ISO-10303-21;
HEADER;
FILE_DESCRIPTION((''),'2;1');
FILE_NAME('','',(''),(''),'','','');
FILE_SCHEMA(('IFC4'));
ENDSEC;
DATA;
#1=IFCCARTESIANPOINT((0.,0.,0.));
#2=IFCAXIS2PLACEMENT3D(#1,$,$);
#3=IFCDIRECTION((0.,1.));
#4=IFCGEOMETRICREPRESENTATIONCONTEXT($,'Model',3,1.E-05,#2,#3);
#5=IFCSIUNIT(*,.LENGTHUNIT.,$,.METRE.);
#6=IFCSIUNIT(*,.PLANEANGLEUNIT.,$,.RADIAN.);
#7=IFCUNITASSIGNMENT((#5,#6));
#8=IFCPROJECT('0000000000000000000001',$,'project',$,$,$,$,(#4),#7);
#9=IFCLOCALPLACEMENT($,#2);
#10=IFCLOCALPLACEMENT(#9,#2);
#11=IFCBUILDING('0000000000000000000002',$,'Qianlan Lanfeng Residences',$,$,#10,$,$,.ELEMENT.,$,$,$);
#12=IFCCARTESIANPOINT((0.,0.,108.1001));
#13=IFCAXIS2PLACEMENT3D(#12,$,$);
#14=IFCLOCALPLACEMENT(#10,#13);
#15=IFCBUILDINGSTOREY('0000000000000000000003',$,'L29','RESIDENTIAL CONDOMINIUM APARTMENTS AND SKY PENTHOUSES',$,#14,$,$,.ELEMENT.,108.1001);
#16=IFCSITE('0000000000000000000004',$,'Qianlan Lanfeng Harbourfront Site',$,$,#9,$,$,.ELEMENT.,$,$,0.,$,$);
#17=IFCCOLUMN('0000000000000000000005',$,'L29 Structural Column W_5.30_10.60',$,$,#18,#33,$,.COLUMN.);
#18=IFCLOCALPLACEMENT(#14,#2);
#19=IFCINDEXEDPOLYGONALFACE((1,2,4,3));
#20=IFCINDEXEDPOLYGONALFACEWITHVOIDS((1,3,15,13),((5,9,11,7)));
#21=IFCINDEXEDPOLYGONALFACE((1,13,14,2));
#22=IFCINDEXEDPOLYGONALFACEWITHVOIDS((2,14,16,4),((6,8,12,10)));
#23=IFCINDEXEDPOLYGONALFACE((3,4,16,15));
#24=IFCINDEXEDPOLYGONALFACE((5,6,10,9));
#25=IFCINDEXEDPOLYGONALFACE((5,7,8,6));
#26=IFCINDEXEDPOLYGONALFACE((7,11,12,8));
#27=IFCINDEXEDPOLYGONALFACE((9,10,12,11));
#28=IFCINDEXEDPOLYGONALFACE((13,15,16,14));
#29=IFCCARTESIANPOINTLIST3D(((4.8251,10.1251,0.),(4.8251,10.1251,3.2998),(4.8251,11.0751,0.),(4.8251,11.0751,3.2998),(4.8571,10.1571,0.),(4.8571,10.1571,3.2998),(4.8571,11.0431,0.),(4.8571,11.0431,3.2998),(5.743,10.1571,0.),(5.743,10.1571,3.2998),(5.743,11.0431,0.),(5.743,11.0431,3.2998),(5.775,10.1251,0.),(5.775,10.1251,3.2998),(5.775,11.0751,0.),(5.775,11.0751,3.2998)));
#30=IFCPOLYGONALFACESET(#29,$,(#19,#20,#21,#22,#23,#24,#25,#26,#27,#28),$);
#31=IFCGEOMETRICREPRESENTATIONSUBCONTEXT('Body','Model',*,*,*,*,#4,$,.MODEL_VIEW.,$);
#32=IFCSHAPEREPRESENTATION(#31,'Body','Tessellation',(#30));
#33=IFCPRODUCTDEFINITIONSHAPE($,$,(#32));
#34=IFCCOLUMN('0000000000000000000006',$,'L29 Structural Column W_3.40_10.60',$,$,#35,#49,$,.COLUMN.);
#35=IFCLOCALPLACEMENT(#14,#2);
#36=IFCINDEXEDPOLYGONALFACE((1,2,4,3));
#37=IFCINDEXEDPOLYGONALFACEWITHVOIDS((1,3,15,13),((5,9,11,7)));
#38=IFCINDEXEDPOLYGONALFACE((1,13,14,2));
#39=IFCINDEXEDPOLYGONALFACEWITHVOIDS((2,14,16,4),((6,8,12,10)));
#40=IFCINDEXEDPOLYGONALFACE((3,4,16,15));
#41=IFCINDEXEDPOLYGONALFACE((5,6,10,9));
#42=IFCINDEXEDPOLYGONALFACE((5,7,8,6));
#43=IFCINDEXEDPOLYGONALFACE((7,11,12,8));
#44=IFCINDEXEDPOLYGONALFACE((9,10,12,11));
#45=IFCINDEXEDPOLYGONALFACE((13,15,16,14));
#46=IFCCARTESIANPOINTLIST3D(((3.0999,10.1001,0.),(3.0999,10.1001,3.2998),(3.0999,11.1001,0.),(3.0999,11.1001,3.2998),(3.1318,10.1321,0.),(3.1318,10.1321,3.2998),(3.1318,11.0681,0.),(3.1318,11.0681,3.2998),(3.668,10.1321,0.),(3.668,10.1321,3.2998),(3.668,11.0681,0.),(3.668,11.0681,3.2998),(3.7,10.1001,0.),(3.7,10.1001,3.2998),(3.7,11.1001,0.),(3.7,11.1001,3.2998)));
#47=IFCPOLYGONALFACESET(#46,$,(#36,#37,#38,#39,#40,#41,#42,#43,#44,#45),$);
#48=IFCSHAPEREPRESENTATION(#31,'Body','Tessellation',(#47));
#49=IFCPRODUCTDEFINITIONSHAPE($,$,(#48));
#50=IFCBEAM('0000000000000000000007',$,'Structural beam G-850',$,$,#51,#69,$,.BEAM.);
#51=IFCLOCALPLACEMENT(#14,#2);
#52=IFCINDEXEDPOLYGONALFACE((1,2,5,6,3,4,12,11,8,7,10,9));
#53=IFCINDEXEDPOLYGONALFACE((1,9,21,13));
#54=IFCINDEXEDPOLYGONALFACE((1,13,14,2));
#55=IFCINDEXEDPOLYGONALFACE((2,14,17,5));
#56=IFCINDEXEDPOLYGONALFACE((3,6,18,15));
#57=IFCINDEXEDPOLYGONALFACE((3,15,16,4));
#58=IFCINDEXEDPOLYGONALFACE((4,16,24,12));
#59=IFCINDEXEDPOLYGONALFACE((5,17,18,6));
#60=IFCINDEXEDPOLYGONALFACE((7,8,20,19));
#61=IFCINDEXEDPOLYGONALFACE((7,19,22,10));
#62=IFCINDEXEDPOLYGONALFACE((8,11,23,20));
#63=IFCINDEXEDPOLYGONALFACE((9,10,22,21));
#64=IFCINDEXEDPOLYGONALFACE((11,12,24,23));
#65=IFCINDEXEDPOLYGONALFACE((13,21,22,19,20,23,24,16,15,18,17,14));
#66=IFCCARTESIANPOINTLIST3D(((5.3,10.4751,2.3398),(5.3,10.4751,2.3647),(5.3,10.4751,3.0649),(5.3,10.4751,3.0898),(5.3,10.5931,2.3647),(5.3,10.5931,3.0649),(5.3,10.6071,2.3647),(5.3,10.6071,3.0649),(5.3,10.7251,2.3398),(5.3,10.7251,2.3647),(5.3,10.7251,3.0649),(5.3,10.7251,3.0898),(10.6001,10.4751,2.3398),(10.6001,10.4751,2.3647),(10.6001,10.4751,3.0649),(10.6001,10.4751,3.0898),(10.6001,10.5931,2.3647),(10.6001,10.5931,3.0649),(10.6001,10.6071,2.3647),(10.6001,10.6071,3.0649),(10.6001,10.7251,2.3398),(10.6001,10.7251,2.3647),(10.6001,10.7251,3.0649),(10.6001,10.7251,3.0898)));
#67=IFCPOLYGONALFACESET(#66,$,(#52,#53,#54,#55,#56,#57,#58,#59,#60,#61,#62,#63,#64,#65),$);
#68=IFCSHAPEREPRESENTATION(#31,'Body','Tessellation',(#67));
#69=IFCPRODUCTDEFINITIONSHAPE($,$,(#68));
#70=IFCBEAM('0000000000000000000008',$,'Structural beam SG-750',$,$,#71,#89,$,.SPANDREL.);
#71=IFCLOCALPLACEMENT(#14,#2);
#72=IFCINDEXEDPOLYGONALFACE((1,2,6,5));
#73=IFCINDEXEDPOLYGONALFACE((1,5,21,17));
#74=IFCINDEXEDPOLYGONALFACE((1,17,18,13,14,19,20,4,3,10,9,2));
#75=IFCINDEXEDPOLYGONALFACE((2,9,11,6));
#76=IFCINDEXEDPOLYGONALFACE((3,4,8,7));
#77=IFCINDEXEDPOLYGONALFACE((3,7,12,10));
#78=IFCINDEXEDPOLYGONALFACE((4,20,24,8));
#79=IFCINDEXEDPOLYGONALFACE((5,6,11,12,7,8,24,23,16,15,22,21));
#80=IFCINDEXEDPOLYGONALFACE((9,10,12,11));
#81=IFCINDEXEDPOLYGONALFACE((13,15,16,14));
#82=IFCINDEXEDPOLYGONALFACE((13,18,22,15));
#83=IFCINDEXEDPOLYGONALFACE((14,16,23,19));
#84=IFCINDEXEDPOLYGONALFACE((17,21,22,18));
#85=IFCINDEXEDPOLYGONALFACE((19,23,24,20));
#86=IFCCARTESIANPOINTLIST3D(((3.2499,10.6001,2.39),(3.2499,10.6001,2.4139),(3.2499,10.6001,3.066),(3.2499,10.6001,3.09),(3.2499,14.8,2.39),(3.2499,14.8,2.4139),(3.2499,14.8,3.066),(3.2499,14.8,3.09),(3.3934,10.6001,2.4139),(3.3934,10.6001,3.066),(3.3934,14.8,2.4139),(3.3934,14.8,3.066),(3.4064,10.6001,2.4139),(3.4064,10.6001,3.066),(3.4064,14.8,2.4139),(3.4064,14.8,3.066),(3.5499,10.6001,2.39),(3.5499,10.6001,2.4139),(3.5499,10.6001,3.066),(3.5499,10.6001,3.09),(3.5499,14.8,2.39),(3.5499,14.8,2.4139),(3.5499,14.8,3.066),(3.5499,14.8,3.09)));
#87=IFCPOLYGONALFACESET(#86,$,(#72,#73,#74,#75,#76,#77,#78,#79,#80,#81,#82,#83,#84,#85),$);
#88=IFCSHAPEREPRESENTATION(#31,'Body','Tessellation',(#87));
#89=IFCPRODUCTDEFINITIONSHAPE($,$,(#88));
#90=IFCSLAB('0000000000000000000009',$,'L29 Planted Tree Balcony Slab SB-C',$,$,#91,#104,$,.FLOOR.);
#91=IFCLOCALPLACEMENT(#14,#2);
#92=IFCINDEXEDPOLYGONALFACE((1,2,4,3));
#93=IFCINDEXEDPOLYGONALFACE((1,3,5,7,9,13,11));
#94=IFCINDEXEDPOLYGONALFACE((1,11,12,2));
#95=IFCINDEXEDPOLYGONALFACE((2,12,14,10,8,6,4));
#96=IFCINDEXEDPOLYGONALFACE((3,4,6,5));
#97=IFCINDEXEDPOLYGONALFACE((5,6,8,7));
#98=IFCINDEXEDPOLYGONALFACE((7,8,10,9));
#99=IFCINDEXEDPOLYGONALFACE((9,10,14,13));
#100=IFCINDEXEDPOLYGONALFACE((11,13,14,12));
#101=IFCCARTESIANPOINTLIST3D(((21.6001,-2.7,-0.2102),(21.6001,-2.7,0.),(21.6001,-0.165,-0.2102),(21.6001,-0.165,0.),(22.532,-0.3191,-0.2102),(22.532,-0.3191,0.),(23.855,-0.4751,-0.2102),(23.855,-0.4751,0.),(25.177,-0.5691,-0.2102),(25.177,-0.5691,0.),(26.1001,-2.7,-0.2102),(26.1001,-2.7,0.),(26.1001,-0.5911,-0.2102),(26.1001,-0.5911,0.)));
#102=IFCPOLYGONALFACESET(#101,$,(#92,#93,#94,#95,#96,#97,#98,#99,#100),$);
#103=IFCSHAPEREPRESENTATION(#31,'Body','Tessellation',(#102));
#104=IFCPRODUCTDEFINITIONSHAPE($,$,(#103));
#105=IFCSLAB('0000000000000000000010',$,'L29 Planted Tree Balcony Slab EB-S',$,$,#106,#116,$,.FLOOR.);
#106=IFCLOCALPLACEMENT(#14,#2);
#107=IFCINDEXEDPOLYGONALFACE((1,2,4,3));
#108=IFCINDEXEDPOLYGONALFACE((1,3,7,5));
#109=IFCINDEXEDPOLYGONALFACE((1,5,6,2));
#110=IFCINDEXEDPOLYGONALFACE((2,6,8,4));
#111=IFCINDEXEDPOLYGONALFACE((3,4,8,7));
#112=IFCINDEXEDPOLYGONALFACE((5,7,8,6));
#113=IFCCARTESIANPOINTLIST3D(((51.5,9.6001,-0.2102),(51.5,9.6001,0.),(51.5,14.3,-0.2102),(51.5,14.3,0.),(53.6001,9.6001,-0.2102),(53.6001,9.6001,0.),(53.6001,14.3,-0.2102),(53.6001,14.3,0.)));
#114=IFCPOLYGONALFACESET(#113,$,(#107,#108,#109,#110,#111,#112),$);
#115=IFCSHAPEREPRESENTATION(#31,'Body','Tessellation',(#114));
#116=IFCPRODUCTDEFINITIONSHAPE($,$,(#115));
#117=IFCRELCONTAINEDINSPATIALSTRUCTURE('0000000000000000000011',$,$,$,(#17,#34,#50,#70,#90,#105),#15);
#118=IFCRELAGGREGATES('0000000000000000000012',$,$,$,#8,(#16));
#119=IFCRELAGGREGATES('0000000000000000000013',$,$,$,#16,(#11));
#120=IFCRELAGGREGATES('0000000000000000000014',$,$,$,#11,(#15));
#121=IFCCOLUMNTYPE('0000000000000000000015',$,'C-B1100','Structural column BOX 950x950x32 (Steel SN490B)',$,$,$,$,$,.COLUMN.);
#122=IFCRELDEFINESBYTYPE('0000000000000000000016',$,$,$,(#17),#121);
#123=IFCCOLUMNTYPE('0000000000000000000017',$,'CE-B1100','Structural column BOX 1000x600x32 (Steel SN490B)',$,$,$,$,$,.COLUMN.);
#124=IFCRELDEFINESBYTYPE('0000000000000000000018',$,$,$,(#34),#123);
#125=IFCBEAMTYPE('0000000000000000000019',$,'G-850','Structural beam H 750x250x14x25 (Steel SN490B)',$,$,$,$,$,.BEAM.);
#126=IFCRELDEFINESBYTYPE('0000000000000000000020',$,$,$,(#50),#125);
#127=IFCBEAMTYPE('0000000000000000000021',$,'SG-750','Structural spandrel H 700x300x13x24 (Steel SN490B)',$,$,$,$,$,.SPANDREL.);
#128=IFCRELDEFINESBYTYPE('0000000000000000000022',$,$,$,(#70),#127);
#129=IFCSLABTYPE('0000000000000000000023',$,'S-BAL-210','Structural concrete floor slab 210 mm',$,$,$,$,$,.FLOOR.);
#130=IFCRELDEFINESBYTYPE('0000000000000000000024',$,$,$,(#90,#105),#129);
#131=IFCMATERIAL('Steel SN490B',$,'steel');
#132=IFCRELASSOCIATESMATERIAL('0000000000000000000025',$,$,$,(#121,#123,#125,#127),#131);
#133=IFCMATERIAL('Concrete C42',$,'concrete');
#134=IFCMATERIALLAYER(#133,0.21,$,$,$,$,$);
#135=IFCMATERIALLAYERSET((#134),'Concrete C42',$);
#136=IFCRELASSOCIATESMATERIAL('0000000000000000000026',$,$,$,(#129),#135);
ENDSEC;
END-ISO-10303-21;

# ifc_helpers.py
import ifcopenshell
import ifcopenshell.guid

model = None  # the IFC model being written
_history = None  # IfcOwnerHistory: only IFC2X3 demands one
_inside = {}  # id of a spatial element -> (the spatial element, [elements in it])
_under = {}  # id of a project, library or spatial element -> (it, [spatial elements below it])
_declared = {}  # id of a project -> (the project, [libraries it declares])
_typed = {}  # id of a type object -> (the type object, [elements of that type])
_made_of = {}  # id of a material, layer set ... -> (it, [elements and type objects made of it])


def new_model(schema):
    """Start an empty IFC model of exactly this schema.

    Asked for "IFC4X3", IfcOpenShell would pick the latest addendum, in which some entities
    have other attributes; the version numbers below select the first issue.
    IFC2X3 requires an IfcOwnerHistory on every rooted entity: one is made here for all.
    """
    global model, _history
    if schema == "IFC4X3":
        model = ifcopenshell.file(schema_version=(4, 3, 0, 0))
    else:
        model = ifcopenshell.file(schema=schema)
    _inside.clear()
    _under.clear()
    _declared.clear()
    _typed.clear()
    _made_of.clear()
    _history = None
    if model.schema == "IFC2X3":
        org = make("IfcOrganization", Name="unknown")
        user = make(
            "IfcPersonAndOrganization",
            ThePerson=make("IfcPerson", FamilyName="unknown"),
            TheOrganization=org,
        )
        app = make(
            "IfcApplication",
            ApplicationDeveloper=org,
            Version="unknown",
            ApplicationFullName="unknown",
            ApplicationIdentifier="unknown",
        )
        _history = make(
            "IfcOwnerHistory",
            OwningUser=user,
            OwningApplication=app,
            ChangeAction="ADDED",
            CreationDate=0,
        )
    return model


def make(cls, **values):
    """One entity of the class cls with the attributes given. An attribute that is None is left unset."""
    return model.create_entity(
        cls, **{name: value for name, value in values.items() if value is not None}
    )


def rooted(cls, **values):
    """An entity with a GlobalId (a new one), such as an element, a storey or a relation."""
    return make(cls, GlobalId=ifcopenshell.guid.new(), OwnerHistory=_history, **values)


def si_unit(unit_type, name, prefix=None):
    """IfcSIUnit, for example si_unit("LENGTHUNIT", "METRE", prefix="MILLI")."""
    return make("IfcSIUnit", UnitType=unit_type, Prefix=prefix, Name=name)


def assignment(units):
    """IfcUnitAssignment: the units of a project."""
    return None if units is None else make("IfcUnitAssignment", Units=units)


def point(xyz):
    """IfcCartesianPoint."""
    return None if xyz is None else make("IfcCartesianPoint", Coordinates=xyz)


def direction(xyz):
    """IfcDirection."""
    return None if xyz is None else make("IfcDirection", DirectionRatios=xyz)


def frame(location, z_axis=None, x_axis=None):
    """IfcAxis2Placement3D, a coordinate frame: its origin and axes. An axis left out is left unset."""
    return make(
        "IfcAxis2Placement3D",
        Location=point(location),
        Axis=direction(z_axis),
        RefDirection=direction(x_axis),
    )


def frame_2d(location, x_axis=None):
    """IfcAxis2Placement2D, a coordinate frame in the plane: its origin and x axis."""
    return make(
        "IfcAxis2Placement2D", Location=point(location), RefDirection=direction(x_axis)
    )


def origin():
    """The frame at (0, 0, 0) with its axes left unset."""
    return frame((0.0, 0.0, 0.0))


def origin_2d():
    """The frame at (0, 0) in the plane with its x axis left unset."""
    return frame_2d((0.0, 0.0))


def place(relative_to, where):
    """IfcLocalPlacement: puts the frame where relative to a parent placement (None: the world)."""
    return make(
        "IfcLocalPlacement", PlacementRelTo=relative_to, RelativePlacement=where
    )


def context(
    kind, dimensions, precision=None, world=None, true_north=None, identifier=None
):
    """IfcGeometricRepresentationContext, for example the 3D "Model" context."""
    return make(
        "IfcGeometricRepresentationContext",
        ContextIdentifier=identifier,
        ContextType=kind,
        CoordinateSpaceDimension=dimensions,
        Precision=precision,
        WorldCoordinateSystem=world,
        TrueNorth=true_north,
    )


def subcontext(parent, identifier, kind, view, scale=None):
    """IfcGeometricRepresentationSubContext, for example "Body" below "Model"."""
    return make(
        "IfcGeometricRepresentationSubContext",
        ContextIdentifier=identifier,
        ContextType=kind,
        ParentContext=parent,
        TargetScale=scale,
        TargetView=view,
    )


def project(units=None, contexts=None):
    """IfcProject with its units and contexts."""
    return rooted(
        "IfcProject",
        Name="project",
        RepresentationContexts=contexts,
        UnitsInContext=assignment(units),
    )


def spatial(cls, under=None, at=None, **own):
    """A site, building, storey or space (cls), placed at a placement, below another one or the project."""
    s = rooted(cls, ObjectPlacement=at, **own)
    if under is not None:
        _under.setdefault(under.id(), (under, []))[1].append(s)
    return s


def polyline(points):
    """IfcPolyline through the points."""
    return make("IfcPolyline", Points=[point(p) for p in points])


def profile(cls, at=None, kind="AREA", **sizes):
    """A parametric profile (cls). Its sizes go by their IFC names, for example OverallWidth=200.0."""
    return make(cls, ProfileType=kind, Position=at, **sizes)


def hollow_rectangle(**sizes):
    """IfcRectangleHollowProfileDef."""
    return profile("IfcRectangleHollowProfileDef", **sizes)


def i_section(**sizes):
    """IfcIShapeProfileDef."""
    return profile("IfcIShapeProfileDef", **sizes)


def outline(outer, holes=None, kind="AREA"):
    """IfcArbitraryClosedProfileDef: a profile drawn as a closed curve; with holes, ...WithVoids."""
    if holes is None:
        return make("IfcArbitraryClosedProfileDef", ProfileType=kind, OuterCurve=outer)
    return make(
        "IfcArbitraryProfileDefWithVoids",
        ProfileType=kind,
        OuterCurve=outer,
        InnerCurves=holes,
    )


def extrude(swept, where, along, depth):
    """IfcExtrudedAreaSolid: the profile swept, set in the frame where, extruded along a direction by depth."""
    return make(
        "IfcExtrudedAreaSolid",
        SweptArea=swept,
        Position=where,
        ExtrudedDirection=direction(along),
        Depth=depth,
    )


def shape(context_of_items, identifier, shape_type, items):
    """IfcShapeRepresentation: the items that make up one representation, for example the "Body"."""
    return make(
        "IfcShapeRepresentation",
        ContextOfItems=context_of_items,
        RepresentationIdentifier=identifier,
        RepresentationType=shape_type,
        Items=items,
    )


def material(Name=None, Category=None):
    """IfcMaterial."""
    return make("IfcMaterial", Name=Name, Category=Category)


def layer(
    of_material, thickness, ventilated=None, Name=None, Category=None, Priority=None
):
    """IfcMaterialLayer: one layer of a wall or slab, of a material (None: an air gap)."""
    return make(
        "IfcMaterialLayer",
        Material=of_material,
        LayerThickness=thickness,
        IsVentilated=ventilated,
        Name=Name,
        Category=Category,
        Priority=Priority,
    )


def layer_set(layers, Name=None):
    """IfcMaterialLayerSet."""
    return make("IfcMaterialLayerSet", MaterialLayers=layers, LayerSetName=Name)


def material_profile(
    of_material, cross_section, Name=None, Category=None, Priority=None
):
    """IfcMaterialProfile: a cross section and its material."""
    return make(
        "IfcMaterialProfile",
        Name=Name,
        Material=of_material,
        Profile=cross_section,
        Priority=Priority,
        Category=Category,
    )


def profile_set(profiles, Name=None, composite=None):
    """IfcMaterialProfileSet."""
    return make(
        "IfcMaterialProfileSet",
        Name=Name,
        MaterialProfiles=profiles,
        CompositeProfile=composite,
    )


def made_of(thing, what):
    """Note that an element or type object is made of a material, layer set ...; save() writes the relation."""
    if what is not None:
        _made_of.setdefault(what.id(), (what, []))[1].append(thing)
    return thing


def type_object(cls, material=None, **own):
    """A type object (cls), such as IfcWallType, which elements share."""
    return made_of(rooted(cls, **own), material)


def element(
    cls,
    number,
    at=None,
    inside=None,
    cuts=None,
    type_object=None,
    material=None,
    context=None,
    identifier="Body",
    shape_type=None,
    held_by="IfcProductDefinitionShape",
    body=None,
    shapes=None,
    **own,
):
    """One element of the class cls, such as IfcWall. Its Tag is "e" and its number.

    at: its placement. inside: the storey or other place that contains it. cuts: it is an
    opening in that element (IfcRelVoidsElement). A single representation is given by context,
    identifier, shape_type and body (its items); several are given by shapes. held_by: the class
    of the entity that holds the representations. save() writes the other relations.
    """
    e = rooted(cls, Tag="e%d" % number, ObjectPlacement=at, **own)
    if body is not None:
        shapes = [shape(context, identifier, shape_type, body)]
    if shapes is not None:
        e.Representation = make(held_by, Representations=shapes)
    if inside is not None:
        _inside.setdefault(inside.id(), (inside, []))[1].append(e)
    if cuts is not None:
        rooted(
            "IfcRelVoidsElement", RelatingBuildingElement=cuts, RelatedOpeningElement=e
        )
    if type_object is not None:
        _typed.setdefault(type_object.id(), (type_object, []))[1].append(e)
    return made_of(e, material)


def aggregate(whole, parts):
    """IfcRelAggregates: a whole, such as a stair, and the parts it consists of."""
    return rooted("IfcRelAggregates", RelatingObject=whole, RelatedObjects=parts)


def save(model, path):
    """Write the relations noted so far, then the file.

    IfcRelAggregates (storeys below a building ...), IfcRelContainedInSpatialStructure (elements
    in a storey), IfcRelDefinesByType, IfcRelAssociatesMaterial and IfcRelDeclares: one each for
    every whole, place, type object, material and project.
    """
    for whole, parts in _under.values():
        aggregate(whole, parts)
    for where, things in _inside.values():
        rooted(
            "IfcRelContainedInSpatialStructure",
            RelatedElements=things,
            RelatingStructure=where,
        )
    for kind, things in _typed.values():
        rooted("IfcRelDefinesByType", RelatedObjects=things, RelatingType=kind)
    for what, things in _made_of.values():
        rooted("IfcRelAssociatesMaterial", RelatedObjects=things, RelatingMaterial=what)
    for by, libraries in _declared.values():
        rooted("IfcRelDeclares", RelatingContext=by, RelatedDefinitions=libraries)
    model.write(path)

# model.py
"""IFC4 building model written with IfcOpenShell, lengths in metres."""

from ifc_helpers import new_model, si_unit, direction, frame, origin, origin_2d, place, context, subcontext, project, spatial, polyline, hollow_rectangle, i_section, outline, extrude, material, layer, layer_set, material_profile, profile_set, type_object, element, save


model = new_model("IFC4")

# Units and contexts
model_context = context("Model", 3, precision=1e-05, world=origin(), true_north=direction((0.0, 1.0)))
body_context = subcontext(model_context, "Body", "Model", "MODEL_VIEW")
ifc_project = project(units=[si_unit("LENGTHUNIT", "METRE"), si_unit("PLANEANGLEUNIT", "RADIAN")], contexts=[model_context])

# Site, building, storey
site_placement = place(None, origin())
site = spatial("IfcSite", under=ifc_project, at=site_placement, Name="Qianlan Lanfeng Harbourfront Site", CompositionType="ELEMENT", RefElevation=0.0)
building_placement = place(site_placement, origin())
building = spatial("IfcBuilding", under=site, at=building_placement, Name="Qianlan Lanfeng Residences", CompositionType="ELEMENT")
storey_placement = place(building_placement, frame((0.0, 0.0, 108.1001)))
storey = spatial("IfcBuildingStorey", under=building, at=storey_placement, Name="L29", Description="RESIDENTIAL CONDOMINIUM APARTMENTS AND SKY PENTHOUSES", CompositionType="ELEMENT", Elevation=108.1001)

# Columns
ifc_material_1 = material(Name="Steel SN490B", Category="steel")
ifc_material_profile_1 = material_profile(ifc_material_1, hollow_rectangle(XDim=0.95, YDim=0.95, WallThickness=0.032, at=origin_2d()), Name="BOX 950x950x32")
ifc_profile_set_1 = profile_set([ifc_material_profile_1], Name="Steel SN490B")
column_type_1 = type_object("IfcColumnType", Name="C-B1100", Description="Structural column BOX 950x950x32 (Steel SN490B)", PredefinedType="COLUMN", material=ifc_profile_set_1)
column_1_placement = place(storey_placement, frame((5.3, 10.6001, 0.0), z_axis=(0.0, 0.0, 1.0), x_axis=(1.0, 0.0, 0.0)))
element("IfcColumn", 1, at=column_1_placement, inside=storey, type_object=column_type_1, Name="L29 Structural Column W_5.30_10.60", PredefinedType="COLUMN", context=body_context, shape_type="SweptSolid", body=[
    extrude(hollow_rectangle(XDim=0.95, YDim=0.95, WallThickness=0.032, at=origin_2d()), origin(), (0.0, 0.0, 1.0), 3.2998),
])
ifc_material_profile_2 = material_profile(ifc_material_1, hollow_rectangle(XDim=0.6001, YDim=1.0, WallThickness=0.032, at=origin_2d()), Name="BOX 1000x600x32")
ifc_profile_set_2 = profile_set([ifc_material_profile_2], Name="Steel SN490B")
column_type_2 = type_object("IfcColumnType", Name="CE-B1100", Description="Structural column BOX 1000x600x32 (Steel SN490B)", PredefinedType="COLUMN", material=ifc_profile_set_2)
column_2_placement = place(storey_placement, frame((3.3999, 10.6001, 0.0), z_axis=(0.0, 0.0, 1.0), x_axis=(1.0, 0.0, 0.0)))
element("IfcColumn", 2, at=column_2_placement, inside=storey, type_object=column_type_2, Name="L29 Structural Column W_3.40_10.60", PredefinedType="COLUMN", context=body_context, shape_type="SweptSolid", body=[
    extrude(hollow_rectangle(XDim=0.6001, YDim=1.0, WallThickness=0.032, at=origin_2d()), origin(), (0.0, 0.0, 1.0), 3.2998),
])

# Beams
ifc_material_profile_3 = material_profile(ifc_material_1, i_section(OverallWidth=0.25, OverallDepth=0.75, WebThickness=0.0139, FlangeThickness=0.0249, at=origin_2d()), Name="H 750x250x14x25")
ifc_profile_set_3 = profile_set([ifc_material_profile_3], Name="Steel SN490B")
beam_type_1 = type_object("IfcBeamType", Name="G-850", Description="Structural beam H 750x250x14x25 (Steel SN490B)", PredefinedType="BEAM", material=ifc_profile_set_3)
beam_1_placement = place(storey_placement, frame((5.3, 10.6001, 2.7148), z_axis=(1.0, 0.0, 0.0), x_axis=(0.0, 1.0, 0.0)))
element("IfcBeam", 3, at=beam_1_placement, inside=storey, type_object=beam_type_1, Name="Structural beam G-850", PredefinedType="BEAM", context=body_context, shape_type="SweptSolid", body=[
    extrude(i_section(OverallWidth=0.25, OverallDepth=0.75, WebThickness=0.0139, FlangeThickness=0.0249, at=origin_2d()), origin(), (0.0, 0.0, 1.0), 5.3),
])
ifc_material_profile_4 = material_profile(ifc_material_1, i_section(OverallWidth=0.3, OverallDepth=0.7, WebThickness=0.0129, FlangeThickness=0.0239, at=origin_2d()), Name="H 700x300x13x24")
ifc_profile_set_4 = profile_set([ifc_material_profile_4], Name="Steel SN490B")
beam_type_2 = type_object("IfcBeamType", Name="SG-750", Description="Structural spandrel H 700x300x13x24 (Steel SN490B)", PredefinedType="SPANDREL", material=ifc_profile_set_4)
beam_2_placement = place(storey_placement, frame((3.3999, 10.6001, 2.74), z_axis=(0.0, 1.0, 0.0), x_axis=(-1.0, 0.0, 0.0)))
element("IfcBeam", 4, at=beam_2_placement, inside=storey, type_object=beam_type_2, Name="Structural beam SG-750", PredefinedType="SPANDREL", context=body_context, shape_type="SweptSolid", body=[
    extrude(i_section(OverallWidth=0.3, OverallDepth=0.7, WebThickness=0.0129, FlangeThickness=0.0239, at=origin_2d()), origin(), (0.0, 0.0, 1.0), 4.2),
])

# Slabs
ifc_material_2 = material(Name="Concrete C42", Category="concrete")
ifc_layer_1 = layer(ifc_material_2, 0.21)
ifc_layer_set_1 = layer_set([ifc_layer_1], Name="Concrete C42")
slab_type_1 = type_object("IfcSlabType", Name="S-BAL-210", Description="Structural concrete floor slab 210 mm", PredefinedType="FLOOR", material=ifc_layer_set_1)
slab_1_placement = place(storey_placement, frame((0.0, 0.0, -0.2102)))
element("IfcSlab", 5, at=slab_1_placement, inside=storey, type_object=slab_type_1, Name="L29 Planted Tree Balcony Slab SB-C", PredefinedType="FLOOR", context=body_context, shape_type="SweptSolid", body=[
    extrude(outline(polyline([(26.1001, -0.5911), (25.177, -0.5691), (23.855, -0.4751), (22.532, -0.3191), (21.6001, -0.165), (21.6001, -2.7), (26.1001, -2.7), (26.1001, -0.5911)])), origin(), (0.0, 0.0, 1.0), 0.2102),
])
slab_2_placement = place(storey_placement, frame((0.0, 0.0, -0.2102)))
element("IfcSlab", 6, at=slab_2_placement, inside=storey, type_object=slab_type_1, Name="L29 Planted Tree Balcony Slab EB-S", PredefinedType="FLOOR", context=body_context, shape_type="SweptSolid", body=[
    extrude(outline(polyline([(51.5, 14.3), (51.5, 9.6001), (53.6001, 9.6001), (53.6001, 14.3), (51.5, 14.3)])), origin(), (0.0, 0.0, 1.0), 0.2102),
])

save(model, "model.ifc")
